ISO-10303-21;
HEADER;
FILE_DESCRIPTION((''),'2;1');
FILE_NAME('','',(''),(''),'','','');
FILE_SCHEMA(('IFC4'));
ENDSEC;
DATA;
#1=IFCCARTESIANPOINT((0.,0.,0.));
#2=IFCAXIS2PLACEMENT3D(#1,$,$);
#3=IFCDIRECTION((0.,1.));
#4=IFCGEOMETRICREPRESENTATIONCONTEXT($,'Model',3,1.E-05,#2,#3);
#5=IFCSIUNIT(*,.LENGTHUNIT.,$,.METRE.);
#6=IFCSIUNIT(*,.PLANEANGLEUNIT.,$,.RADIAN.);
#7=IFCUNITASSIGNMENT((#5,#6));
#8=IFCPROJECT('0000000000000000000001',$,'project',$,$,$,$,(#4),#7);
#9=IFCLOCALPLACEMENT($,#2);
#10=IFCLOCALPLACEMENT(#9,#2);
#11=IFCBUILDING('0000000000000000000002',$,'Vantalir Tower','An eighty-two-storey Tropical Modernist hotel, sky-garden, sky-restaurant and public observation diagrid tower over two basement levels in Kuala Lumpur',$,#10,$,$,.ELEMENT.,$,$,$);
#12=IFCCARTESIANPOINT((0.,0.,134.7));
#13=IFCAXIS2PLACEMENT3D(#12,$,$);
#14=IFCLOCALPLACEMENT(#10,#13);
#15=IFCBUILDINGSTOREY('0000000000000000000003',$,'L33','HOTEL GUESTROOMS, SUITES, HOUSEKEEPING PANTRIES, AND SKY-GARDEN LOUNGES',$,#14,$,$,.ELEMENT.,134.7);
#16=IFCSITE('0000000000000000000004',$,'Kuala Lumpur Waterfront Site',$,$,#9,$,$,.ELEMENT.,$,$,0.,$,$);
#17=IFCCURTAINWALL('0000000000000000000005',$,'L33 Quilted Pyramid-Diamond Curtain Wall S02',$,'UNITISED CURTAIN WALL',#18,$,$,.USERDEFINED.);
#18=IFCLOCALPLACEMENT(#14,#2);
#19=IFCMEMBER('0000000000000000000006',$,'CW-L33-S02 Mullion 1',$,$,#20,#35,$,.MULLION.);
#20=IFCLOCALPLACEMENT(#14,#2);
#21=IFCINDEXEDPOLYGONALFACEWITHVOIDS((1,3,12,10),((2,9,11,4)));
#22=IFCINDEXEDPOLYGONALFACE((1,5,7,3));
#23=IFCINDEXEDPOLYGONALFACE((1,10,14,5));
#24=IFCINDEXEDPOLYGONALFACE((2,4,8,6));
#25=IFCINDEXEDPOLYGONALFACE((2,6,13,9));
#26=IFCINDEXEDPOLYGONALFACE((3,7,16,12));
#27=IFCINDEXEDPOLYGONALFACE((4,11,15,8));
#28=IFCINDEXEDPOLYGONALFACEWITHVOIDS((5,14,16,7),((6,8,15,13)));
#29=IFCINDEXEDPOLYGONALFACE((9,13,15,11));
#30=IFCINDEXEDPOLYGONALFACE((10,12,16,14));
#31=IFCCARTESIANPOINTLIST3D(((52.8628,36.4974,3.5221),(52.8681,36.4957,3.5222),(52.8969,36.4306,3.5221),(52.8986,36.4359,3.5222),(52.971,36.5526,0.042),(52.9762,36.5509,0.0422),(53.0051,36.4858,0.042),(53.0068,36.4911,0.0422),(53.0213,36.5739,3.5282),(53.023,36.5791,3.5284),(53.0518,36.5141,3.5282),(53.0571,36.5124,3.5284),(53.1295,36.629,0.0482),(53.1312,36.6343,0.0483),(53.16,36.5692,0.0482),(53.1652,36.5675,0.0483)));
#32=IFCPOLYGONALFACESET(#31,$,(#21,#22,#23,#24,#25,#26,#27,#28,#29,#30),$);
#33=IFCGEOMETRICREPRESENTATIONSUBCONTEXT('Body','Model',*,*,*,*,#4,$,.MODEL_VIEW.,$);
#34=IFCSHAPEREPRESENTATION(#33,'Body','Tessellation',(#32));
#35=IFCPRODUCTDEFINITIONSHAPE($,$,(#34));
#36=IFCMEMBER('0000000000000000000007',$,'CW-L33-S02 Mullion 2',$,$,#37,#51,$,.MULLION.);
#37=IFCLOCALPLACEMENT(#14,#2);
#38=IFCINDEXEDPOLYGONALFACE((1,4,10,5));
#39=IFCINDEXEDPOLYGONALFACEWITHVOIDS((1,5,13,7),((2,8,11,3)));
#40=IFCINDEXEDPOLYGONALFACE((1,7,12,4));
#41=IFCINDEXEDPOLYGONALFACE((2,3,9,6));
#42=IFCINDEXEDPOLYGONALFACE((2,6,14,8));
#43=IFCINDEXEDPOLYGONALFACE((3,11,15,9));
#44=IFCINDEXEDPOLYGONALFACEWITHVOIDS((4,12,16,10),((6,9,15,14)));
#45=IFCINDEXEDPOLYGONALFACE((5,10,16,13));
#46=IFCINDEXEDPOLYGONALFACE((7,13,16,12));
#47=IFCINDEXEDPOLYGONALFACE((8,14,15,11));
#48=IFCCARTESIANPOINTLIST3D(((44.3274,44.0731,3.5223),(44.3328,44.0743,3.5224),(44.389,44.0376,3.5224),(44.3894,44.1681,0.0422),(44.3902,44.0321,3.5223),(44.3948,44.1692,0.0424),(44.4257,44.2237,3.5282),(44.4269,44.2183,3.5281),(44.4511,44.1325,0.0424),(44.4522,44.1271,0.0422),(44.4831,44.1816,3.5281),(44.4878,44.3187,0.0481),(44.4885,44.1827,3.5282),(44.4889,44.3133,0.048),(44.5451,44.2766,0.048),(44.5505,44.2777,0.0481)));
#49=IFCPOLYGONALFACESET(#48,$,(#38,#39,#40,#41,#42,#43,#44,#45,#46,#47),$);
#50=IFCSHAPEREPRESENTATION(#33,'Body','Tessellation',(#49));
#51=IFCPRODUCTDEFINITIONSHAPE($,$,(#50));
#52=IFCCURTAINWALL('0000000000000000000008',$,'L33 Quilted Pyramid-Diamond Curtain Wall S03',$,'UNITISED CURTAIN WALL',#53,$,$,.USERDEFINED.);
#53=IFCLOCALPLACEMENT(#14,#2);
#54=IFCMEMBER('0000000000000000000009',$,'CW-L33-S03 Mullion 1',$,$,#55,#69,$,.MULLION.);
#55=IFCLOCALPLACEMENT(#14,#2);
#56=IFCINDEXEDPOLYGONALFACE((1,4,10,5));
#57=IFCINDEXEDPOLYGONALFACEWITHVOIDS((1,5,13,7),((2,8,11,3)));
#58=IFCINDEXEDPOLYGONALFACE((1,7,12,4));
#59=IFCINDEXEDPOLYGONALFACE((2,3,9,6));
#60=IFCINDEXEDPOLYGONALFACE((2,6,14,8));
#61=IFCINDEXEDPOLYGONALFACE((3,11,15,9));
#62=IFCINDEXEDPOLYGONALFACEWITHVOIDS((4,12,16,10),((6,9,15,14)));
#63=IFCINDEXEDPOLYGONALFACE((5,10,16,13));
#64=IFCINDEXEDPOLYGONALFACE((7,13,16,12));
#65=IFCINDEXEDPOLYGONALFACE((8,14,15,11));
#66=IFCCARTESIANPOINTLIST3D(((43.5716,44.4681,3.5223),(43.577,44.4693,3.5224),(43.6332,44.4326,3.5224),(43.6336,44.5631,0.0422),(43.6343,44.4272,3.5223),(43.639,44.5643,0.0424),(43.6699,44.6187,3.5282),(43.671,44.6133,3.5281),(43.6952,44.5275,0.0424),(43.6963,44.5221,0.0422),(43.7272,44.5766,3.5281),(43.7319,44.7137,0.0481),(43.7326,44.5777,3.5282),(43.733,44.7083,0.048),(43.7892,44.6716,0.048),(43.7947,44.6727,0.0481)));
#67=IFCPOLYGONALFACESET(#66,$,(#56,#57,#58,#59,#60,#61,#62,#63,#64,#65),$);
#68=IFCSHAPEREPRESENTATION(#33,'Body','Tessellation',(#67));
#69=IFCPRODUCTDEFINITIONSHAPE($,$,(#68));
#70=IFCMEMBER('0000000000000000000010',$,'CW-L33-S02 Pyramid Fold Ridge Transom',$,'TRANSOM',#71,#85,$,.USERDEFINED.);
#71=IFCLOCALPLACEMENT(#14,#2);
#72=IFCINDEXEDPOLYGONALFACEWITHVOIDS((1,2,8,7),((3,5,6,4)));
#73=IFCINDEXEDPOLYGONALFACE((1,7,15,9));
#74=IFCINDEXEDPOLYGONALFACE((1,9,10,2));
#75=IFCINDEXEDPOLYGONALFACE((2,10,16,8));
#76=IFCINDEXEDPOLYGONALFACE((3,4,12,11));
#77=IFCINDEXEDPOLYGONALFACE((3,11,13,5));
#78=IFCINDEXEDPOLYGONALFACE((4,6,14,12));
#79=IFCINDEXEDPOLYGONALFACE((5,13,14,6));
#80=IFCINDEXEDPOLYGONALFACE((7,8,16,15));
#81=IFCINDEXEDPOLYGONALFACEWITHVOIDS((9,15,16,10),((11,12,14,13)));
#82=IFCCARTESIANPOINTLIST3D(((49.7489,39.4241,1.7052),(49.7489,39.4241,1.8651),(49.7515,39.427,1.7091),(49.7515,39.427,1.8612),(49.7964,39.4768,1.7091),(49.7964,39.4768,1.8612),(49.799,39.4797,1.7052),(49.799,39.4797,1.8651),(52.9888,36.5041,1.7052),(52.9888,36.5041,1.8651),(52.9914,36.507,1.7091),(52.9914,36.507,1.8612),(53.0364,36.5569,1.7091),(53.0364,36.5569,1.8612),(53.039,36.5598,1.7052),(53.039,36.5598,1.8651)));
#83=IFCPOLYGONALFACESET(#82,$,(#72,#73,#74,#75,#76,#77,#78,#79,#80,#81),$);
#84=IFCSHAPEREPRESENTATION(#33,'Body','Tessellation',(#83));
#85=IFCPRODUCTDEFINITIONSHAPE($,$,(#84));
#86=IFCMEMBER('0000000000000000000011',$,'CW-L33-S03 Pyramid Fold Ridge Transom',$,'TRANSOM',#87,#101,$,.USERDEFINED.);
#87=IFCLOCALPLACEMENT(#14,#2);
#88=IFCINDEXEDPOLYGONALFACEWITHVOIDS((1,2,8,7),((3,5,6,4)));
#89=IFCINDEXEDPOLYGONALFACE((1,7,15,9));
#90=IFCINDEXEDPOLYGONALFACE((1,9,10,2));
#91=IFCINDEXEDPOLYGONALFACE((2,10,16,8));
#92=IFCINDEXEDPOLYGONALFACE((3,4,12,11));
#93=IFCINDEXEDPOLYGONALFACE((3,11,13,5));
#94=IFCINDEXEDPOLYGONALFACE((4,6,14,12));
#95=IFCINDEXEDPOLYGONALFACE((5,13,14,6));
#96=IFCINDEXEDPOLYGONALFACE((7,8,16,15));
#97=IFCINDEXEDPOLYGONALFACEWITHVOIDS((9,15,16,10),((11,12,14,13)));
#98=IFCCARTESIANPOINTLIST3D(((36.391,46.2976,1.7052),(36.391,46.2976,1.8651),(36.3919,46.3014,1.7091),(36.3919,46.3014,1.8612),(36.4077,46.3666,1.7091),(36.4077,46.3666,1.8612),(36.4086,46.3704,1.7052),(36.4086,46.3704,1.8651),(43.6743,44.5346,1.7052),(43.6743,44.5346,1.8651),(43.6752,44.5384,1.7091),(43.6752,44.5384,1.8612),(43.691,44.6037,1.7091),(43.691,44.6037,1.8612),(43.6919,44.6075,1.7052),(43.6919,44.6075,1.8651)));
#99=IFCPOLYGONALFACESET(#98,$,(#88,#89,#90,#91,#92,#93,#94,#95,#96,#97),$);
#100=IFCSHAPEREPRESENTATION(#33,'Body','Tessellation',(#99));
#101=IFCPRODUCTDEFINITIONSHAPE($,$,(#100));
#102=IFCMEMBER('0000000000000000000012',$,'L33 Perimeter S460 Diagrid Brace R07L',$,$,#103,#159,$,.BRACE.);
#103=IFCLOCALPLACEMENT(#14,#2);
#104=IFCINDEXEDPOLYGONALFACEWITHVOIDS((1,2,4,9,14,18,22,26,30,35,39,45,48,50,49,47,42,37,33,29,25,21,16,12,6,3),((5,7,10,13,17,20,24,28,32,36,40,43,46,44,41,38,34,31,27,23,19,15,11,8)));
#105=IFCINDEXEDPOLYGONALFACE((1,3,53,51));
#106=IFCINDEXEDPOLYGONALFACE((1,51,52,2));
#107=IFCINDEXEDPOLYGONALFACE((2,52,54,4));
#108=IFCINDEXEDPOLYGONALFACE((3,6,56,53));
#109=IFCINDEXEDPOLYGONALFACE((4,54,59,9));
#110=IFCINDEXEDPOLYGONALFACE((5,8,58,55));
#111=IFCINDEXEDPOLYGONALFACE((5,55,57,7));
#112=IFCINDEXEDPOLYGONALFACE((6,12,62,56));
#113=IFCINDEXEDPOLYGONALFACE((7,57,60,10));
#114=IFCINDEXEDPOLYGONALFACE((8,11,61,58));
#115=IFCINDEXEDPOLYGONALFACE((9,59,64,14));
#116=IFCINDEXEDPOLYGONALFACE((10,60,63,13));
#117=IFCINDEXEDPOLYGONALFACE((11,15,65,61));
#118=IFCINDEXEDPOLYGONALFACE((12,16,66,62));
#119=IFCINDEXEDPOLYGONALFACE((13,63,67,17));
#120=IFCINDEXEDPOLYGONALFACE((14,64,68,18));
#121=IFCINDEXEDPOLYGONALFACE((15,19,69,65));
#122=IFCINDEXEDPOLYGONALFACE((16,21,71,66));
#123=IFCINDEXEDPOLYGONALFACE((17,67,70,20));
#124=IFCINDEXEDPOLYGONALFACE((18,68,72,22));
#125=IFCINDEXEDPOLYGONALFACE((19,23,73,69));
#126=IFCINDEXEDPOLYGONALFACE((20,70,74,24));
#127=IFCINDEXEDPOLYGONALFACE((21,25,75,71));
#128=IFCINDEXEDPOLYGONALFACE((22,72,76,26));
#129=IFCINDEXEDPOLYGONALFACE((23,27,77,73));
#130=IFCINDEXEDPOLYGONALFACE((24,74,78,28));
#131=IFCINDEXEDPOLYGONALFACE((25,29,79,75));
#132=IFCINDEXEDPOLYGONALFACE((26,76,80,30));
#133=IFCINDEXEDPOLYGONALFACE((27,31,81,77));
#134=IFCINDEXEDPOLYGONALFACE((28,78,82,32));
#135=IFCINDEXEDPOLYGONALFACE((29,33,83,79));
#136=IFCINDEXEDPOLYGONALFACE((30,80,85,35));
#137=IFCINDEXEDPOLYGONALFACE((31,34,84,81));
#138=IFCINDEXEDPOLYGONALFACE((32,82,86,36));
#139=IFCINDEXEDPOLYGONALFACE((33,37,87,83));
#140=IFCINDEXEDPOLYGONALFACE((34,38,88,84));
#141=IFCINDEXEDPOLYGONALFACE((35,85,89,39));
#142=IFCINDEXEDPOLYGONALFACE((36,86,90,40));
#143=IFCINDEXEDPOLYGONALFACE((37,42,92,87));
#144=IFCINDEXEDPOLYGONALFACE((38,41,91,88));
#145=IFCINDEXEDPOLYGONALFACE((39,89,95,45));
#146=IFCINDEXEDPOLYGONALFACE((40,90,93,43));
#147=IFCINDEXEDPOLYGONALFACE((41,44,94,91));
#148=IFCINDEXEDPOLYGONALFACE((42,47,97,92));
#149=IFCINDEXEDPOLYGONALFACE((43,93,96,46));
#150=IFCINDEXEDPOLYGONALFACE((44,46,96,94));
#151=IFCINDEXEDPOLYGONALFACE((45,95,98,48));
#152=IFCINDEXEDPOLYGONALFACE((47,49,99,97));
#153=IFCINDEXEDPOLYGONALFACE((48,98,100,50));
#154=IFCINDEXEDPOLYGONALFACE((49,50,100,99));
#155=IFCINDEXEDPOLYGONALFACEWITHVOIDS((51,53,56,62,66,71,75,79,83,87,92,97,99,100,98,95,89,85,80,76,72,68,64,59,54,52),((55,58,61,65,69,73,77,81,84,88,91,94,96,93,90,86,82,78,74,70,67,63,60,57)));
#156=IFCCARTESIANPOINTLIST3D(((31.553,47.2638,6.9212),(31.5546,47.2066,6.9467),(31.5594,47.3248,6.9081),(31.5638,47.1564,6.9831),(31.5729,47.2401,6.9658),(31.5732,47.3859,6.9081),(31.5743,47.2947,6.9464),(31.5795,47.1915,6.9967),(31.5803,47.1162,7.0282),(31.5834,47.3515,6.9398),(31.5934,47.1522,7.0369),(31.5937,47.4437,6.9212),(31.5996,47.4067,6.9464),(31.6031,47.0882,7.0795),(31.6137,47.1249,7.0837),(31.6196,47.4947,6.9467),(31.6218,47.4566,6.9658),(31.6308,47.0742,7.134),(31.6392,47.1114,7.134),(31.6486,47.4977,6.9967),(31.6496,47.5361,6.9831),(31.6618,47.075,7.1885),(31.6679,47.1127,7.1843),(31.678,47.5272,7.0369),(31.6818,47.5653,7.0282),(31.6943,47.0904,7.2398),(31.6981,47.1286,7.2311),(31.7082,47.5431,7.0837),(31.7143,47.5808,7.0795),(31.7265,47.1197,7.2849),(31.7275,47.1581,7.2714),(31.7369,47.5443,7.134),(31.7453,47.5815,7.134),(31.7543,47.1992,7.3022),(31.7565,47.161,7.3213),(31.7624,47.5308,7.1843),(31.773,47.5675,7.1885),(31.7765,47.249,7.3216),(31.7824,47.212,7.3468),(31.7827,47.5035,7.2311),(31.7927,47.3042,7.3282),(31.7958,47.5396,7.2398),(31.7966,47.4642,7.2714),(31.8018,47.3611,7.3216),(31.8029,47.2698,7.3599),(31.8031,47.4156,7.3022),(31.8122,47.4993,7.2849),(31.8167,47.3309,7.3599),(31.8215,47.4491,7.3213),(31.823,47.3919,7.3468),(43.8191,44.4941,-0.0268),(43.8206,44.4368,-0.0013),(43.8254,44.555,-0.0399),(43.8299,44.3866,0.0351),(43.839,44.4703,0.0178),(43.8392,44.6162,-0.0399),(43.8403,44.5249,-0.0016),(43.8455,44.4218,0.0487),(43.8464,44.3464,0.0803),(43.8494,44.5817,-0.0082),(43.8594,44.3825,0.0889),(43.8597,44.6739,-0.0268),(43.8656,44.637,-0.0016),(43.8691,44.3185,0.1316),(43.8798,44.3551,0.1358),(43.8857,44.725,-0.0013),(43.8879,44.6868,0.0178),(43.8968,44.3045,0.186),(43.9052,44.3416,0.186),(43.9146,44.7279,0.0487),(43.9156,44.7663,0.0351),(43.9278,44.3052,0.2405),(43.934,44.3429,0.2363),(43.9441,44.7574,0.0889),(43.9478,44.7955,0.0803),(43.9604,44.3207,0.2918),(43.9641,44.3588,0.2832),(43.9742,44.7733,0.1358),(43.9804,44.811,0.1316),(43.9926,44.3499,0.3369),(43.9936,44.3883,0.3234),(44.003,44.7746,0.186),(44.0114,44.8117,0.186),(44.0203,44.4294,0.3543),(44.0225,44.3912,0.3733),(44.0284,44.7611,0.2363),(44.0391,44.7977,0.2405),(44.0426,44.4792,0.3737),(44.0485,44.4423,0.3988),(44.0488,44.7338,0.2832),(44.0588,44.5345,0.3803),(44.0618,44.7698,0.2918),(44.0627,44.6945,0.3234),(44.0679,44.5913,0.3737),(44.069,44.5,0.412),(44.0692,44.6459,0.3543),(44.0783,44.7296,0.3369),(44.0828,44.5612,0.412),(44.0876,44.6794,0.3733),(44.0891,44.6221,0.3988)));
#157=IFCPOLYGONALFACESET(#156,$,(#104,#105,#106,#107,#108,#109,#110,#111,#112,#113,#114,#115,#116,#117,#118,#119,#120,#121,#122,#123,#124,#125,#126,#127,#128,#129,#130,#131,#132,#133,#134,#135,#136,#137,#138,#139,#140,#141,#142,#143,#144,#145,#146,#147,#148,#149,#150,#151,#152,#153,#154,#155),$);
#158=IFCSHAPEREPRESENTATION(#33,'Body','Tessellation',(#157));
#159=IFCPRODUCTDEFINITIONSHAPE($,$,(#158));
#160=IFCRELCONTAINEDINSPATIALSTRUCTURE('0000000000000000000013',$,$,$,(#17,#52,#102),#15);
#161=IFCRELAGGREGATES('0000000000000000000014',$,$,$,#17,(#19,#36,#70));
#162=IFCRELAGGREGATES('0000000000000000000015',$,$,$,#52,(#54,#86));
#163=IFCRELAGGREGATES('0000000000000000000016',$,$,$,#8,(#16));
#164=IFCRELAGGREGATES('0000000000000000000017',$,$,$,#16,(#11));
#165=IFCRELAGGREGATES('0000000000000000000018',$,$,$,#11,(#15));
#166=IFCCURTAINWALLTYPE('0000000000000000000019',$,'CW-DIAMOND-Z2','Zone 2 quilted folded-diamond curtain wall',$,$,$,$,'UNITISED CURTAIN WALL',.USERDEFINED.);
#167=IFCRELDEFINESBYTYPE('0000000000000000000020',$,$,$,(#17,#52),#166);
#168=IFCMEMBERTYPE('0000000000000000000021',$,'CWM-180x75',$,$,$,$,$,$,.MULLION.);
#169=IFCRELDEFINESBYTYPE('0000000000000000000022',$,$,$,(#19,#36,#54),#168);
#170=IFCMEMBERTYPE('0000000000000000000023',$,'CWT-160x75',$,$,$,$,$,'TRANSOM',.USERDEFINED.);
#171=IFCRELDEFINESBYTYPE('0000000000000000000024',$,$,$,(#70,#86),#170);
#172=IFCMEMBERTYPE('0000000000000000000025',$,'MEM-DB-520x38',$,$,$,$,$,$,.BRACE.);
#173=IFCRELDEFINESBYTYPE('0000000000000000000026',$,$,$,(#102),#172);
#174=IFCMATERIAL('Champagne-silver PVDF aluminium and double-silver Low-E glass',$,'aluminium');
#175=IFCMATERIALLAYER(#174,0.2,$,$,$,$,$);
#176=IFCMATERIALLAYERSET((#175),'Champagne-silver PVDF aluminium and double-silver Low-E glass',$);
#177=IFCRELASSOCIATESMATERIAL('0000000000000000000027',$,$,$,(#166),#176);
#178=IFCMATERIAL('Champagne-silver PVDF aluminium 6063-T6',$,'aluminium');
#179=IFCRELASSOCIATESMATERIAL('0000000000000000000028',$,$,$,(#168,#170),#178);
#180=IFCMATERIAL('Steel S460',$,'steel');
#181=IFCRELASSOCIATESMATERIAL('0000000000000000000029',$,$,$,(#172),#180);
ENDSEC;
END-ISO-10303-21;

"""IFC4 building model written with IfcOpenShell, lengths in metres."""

from ifc_helpers import new_model, si_unit, direction, frame, origin, origin_2d, place, context, subcontext, project, spatial, hollow_rectangle, hollow_circle, extrude, material, layer, layer_set, material_profile, profile_set, type_object, element, aggregate, save


model = new_model("IFC4")

# Units and contexts
model_context = context("Model", 3, precision=1e-05, world=origin(), true_north=direction((0.0, 1.0)))
body_context = subcontext(model_context, "Body", "Model", "MODEL_VIEW")
ifc_project = project(units=[si_unit("LENGTHUNIT", "METRE"), si_unit("PLANEANGLEUNIT", "RADIAN")], contexts=[model_context])

# Site, building, storey
site_placement = place(None, origin())
site = spatial("IfcSite", under=ifc_project, at=site_placement, Name="Kuala Lumpur Waterfront Site", CompositionType="ELEMENT", RefElevation=0.0)
building_placement = place(site_placement, origin())
building = spatial("IfcBuilding", under=site, at=building_placement, Name="Vantalir Tower", Description="An eighty-two-storey Tropical Modernist hotel, sky-garden, sky-restaurant and public observation diagrid tower over two basement levels in Kuala Lumpur", CompositionType="ELEMENT")
storey_placement = place(building_placement, frame((0.0, 0.0, 134.7)))
storey = spatial("IfcBuildingStorey", under=building, at=storey_placement, Name="L33", Description="HOTEL GUESTROOMS, SUITES, HOUSEKEEPING PANTRIES, AND SKY-GARDEN LOUNGES", CompositionType="ELEMENT", Elevation=134.7)

# Shared definitions
ifc_material_1 = material(Name="Steel S460", Category="steel")

# Curtain wall, members
ifc_material_2 = material(Name="Champagne-silver PVDF aluminium and double-silver Low-E glass", Category="aluminium")
ifc_layer_1 = layer(ifc_material_2, 0.2)
ifc_layer_set_1 = layer_set([ifc_layer_1], Name="Champagne-silver PVDF aluminium and double-silver Low-E glass")
curtain_wall_type = type_object("IfcCurtainWallType", Name="CW-DIAMOND-Z2", Description="Zone 2 quilted folded-diamond curtain wall", ElementType="UNITISED CURTAIN WALL", PredefinedType="USERDEFINED", material=ifc_layer_set_1)
curtain_wall_1_placement = place(storey_placement, origin())
curtain_wall_1 = element("IfcCurtainWall", 1, at=curtain_wall_1_placement, inside=storey, type_object=curtain_wall_type, Name="L33 Quilted Pyramid-Diamond Curtain Wall S02", ObjectType="UNITISED CURTAIN WALL", PredefinedType="USERDEFINED")
ifc_material_3 = material(Name="Champagne-silver PVDF aluminium 6063-T6", Category="aluminium")
ifc_material_profile_1 = material_profile(ifc_material_3, hollow_rectangle(XDim=0.075, YDim=0.1799, WallThickness=0.0039, at=origin_2d()), Name="Champagne-silver PVDF aluminium 6063-T6")
ifc_profile_set_1 = profile_set([ifc_material_profile_1], Name="Champagne-silver PVDF aluminium 6063-T6")
member_type_1 = type_object("IfcMemberType", Name="CWM-180x75", PredefinedType="MULLION", material=ifc_profile_set_1)
member_1_placement = place(storey_placement, frame((53.0681, 36.5601, 0.0452), z_axis=(-0.03106, -0.015846, 0.999392), x_axis=(0.454438, -0.890778, 0.0)))
member_1 = element("IfcMember", 2, at=member_1_placement, type_object=member_type_1, Name="CW-L33-S02 Mullion 1", PredefinedType="MULLION", context=body_context, shape_type="SweptSolid", body=[
    extrude(hollow_rectangle(XDim=0.075, YDim=0.1799, WallThickness=0.0039, at=origin_2d()), origin(), (0.0, 0.0, 1.0), 3.4822),
])
member_2_placement = place(storey_placement, frame((44.47, 44.2229, 0.0452), z_axis=(-0.01781, -0.027276, 0.999469), x_axis=(0.837311, -0.546727, 0.0)))
member_2 = element("IfcMember", 3, at=member_2_placement, type_object=member_type_1, Name="CW-L33-S02 Mullion 2", PredefinedType="MULLION", context=body_context, shape_type="SweptSolid", body=[
    extrude(hollow_rectangle(XDim=0.075, YDim=0.1799, WallThickness=0.0039, at=origin_2d()), origin(), (0.0, 0.0, 1.0), 3.4819),
])

# Curtain wall, member
curtain_wall_2_placement = place(storey_placement, origin())
curtain_wall_2 = element("IfcCurtainWall", 4, at=curtain_wall_2_placement, inside=storey, type_object=curtain_wall_type, Name="L33 Quilted Pyramid-Diamond Curtain Wall S03", ObjectType="UNITISED CURTAIN WALL", PredefinedType="USERDEFINED")
member_3_placement = place(storey_placement, frame((43.7141, 44.6179, 0.0452), z_axis=(-0.01781, -0.027276, 0.999469), x_axis=(0.837311, -0.546727, 0.0)))
member_3 = element("IfcMember", 5, at=member_3_placement, type_object=member_type_1, Name="CW-L33-S03 Mullion 1", PredefinedType="MULLION", context=body_context, shape_type="SweptSolid", body=[
    extrude(hollow_rectangle(XDim=0.075, YDim=0.1799, WallThickness=0.0039, at=origin_2d()), origin(), (0.0, 0.0, 1.0), 3.4819),
])

# Members
ifc_material_profile_2 = material_profile(ifc_material_3, hollow_rectangle(XDim=0.075, YDim=0.1599, WallThickness=0.0039, at=origin_2d()), Name="Champagne-silver PVDF aluminium 6063-T6")
ifc_profile_set_2 = profile_set([ifc_material_profile_2], Name="Champagne-silver PVDF aluminium 6063-T6")
member_type_2 = type_object("IfcMemberType", Name="CWT-160x75", ElementType="TRANSOM", PredefinedType="USERDEFINED", material=ifc_profile_set_2)
member_4_placement = place(storey_placement, frame((53.0139, 36.532, 1.7852), z_axis=(-0.742846, 0.669462, 0.0), x_axis=(-0.669462, -0.742846, 0.0)))
member_4 = element("IfcMember", 6, at=member_4_placement, type_object=member_type_2, Name="CW-L33-S02 Pyramid Fold Ridge Transom", ObjectType="TRANSOM", PredefinedType="USERDEFINED", context=body_context, shape_type="SweptSolid", body=[
    extrude(hollow_rectangle(XDim=0.075, YDim=0.1599, WallThickness=0.0039, at=origin_2d()), origin(), (0.0, 0.0, 1.0), 4.3616),
])
member_5_placement = place(storey_placement, frame((43.6831, 44.571, 1.7852), z_axis=(-0.971932, 0.235262, 0.0), x_axis=(-0.235262, -0.971932, 0.0)))
member_5 = element("IfcMember", 7, at=member_5_placement, type_object=member_type_2, Name="CW-L33-S03 Pyramid Fold Ridge Transom", ObjectType="TRANSOM", PredefinedType="USERDEFINED", context=body_context, shape_type="SweptSolid", body=[
    extrude(hollow_rectangle(XDim=0.075, YDim=0.1599, WallThickness=0.0039, at=origin_2d()), origin(), (0.0, 0.0, 1.0), 7.4937),
])

# Member
ifc_material_profile_3 = material_profile(ifc_material_1, hollow_circle(Radius=0.26, WallThickness=0.0381, at=origin_2d()), Name="Steel S460")
ifc_profile_set_3 = profile_set([ifc_material_profile_3], Name="Steel S460")
member_type_3 = type_object("IfcMemberType", Name="MEM-DB-520x38", PredefinedType="BRACE", material=ifc_profile_set_3)
member_6_placement = place(storey_placement, frame((43.9541, 44.5581, 0.186), z_axis=(-0.853784, 0.192791, 0.483616), x_axis=(-0.220261, -0.975441, 0.0)))
element("IfcMember", 8, at=member_6_placement, inside=storey, type_object=member_type_3, Name="L33 Perimeter S460 Diagrid Brace R07L", PredefinedType="BRACE", context=body_context, shape_type="SweptSolid", body=[
    extrude(hollow_circle(Radius=0.26, WallThickness=0.0381, at=origin_2d()), origin(), (0.0, 0.0, 1.0), 14.3667),
])

aggregate(curtain_wall_1, [member_1, member_2, member_4])
aggregate(curtain_wall_2, [member_3, member_5])

save(model, "model.ifc")
